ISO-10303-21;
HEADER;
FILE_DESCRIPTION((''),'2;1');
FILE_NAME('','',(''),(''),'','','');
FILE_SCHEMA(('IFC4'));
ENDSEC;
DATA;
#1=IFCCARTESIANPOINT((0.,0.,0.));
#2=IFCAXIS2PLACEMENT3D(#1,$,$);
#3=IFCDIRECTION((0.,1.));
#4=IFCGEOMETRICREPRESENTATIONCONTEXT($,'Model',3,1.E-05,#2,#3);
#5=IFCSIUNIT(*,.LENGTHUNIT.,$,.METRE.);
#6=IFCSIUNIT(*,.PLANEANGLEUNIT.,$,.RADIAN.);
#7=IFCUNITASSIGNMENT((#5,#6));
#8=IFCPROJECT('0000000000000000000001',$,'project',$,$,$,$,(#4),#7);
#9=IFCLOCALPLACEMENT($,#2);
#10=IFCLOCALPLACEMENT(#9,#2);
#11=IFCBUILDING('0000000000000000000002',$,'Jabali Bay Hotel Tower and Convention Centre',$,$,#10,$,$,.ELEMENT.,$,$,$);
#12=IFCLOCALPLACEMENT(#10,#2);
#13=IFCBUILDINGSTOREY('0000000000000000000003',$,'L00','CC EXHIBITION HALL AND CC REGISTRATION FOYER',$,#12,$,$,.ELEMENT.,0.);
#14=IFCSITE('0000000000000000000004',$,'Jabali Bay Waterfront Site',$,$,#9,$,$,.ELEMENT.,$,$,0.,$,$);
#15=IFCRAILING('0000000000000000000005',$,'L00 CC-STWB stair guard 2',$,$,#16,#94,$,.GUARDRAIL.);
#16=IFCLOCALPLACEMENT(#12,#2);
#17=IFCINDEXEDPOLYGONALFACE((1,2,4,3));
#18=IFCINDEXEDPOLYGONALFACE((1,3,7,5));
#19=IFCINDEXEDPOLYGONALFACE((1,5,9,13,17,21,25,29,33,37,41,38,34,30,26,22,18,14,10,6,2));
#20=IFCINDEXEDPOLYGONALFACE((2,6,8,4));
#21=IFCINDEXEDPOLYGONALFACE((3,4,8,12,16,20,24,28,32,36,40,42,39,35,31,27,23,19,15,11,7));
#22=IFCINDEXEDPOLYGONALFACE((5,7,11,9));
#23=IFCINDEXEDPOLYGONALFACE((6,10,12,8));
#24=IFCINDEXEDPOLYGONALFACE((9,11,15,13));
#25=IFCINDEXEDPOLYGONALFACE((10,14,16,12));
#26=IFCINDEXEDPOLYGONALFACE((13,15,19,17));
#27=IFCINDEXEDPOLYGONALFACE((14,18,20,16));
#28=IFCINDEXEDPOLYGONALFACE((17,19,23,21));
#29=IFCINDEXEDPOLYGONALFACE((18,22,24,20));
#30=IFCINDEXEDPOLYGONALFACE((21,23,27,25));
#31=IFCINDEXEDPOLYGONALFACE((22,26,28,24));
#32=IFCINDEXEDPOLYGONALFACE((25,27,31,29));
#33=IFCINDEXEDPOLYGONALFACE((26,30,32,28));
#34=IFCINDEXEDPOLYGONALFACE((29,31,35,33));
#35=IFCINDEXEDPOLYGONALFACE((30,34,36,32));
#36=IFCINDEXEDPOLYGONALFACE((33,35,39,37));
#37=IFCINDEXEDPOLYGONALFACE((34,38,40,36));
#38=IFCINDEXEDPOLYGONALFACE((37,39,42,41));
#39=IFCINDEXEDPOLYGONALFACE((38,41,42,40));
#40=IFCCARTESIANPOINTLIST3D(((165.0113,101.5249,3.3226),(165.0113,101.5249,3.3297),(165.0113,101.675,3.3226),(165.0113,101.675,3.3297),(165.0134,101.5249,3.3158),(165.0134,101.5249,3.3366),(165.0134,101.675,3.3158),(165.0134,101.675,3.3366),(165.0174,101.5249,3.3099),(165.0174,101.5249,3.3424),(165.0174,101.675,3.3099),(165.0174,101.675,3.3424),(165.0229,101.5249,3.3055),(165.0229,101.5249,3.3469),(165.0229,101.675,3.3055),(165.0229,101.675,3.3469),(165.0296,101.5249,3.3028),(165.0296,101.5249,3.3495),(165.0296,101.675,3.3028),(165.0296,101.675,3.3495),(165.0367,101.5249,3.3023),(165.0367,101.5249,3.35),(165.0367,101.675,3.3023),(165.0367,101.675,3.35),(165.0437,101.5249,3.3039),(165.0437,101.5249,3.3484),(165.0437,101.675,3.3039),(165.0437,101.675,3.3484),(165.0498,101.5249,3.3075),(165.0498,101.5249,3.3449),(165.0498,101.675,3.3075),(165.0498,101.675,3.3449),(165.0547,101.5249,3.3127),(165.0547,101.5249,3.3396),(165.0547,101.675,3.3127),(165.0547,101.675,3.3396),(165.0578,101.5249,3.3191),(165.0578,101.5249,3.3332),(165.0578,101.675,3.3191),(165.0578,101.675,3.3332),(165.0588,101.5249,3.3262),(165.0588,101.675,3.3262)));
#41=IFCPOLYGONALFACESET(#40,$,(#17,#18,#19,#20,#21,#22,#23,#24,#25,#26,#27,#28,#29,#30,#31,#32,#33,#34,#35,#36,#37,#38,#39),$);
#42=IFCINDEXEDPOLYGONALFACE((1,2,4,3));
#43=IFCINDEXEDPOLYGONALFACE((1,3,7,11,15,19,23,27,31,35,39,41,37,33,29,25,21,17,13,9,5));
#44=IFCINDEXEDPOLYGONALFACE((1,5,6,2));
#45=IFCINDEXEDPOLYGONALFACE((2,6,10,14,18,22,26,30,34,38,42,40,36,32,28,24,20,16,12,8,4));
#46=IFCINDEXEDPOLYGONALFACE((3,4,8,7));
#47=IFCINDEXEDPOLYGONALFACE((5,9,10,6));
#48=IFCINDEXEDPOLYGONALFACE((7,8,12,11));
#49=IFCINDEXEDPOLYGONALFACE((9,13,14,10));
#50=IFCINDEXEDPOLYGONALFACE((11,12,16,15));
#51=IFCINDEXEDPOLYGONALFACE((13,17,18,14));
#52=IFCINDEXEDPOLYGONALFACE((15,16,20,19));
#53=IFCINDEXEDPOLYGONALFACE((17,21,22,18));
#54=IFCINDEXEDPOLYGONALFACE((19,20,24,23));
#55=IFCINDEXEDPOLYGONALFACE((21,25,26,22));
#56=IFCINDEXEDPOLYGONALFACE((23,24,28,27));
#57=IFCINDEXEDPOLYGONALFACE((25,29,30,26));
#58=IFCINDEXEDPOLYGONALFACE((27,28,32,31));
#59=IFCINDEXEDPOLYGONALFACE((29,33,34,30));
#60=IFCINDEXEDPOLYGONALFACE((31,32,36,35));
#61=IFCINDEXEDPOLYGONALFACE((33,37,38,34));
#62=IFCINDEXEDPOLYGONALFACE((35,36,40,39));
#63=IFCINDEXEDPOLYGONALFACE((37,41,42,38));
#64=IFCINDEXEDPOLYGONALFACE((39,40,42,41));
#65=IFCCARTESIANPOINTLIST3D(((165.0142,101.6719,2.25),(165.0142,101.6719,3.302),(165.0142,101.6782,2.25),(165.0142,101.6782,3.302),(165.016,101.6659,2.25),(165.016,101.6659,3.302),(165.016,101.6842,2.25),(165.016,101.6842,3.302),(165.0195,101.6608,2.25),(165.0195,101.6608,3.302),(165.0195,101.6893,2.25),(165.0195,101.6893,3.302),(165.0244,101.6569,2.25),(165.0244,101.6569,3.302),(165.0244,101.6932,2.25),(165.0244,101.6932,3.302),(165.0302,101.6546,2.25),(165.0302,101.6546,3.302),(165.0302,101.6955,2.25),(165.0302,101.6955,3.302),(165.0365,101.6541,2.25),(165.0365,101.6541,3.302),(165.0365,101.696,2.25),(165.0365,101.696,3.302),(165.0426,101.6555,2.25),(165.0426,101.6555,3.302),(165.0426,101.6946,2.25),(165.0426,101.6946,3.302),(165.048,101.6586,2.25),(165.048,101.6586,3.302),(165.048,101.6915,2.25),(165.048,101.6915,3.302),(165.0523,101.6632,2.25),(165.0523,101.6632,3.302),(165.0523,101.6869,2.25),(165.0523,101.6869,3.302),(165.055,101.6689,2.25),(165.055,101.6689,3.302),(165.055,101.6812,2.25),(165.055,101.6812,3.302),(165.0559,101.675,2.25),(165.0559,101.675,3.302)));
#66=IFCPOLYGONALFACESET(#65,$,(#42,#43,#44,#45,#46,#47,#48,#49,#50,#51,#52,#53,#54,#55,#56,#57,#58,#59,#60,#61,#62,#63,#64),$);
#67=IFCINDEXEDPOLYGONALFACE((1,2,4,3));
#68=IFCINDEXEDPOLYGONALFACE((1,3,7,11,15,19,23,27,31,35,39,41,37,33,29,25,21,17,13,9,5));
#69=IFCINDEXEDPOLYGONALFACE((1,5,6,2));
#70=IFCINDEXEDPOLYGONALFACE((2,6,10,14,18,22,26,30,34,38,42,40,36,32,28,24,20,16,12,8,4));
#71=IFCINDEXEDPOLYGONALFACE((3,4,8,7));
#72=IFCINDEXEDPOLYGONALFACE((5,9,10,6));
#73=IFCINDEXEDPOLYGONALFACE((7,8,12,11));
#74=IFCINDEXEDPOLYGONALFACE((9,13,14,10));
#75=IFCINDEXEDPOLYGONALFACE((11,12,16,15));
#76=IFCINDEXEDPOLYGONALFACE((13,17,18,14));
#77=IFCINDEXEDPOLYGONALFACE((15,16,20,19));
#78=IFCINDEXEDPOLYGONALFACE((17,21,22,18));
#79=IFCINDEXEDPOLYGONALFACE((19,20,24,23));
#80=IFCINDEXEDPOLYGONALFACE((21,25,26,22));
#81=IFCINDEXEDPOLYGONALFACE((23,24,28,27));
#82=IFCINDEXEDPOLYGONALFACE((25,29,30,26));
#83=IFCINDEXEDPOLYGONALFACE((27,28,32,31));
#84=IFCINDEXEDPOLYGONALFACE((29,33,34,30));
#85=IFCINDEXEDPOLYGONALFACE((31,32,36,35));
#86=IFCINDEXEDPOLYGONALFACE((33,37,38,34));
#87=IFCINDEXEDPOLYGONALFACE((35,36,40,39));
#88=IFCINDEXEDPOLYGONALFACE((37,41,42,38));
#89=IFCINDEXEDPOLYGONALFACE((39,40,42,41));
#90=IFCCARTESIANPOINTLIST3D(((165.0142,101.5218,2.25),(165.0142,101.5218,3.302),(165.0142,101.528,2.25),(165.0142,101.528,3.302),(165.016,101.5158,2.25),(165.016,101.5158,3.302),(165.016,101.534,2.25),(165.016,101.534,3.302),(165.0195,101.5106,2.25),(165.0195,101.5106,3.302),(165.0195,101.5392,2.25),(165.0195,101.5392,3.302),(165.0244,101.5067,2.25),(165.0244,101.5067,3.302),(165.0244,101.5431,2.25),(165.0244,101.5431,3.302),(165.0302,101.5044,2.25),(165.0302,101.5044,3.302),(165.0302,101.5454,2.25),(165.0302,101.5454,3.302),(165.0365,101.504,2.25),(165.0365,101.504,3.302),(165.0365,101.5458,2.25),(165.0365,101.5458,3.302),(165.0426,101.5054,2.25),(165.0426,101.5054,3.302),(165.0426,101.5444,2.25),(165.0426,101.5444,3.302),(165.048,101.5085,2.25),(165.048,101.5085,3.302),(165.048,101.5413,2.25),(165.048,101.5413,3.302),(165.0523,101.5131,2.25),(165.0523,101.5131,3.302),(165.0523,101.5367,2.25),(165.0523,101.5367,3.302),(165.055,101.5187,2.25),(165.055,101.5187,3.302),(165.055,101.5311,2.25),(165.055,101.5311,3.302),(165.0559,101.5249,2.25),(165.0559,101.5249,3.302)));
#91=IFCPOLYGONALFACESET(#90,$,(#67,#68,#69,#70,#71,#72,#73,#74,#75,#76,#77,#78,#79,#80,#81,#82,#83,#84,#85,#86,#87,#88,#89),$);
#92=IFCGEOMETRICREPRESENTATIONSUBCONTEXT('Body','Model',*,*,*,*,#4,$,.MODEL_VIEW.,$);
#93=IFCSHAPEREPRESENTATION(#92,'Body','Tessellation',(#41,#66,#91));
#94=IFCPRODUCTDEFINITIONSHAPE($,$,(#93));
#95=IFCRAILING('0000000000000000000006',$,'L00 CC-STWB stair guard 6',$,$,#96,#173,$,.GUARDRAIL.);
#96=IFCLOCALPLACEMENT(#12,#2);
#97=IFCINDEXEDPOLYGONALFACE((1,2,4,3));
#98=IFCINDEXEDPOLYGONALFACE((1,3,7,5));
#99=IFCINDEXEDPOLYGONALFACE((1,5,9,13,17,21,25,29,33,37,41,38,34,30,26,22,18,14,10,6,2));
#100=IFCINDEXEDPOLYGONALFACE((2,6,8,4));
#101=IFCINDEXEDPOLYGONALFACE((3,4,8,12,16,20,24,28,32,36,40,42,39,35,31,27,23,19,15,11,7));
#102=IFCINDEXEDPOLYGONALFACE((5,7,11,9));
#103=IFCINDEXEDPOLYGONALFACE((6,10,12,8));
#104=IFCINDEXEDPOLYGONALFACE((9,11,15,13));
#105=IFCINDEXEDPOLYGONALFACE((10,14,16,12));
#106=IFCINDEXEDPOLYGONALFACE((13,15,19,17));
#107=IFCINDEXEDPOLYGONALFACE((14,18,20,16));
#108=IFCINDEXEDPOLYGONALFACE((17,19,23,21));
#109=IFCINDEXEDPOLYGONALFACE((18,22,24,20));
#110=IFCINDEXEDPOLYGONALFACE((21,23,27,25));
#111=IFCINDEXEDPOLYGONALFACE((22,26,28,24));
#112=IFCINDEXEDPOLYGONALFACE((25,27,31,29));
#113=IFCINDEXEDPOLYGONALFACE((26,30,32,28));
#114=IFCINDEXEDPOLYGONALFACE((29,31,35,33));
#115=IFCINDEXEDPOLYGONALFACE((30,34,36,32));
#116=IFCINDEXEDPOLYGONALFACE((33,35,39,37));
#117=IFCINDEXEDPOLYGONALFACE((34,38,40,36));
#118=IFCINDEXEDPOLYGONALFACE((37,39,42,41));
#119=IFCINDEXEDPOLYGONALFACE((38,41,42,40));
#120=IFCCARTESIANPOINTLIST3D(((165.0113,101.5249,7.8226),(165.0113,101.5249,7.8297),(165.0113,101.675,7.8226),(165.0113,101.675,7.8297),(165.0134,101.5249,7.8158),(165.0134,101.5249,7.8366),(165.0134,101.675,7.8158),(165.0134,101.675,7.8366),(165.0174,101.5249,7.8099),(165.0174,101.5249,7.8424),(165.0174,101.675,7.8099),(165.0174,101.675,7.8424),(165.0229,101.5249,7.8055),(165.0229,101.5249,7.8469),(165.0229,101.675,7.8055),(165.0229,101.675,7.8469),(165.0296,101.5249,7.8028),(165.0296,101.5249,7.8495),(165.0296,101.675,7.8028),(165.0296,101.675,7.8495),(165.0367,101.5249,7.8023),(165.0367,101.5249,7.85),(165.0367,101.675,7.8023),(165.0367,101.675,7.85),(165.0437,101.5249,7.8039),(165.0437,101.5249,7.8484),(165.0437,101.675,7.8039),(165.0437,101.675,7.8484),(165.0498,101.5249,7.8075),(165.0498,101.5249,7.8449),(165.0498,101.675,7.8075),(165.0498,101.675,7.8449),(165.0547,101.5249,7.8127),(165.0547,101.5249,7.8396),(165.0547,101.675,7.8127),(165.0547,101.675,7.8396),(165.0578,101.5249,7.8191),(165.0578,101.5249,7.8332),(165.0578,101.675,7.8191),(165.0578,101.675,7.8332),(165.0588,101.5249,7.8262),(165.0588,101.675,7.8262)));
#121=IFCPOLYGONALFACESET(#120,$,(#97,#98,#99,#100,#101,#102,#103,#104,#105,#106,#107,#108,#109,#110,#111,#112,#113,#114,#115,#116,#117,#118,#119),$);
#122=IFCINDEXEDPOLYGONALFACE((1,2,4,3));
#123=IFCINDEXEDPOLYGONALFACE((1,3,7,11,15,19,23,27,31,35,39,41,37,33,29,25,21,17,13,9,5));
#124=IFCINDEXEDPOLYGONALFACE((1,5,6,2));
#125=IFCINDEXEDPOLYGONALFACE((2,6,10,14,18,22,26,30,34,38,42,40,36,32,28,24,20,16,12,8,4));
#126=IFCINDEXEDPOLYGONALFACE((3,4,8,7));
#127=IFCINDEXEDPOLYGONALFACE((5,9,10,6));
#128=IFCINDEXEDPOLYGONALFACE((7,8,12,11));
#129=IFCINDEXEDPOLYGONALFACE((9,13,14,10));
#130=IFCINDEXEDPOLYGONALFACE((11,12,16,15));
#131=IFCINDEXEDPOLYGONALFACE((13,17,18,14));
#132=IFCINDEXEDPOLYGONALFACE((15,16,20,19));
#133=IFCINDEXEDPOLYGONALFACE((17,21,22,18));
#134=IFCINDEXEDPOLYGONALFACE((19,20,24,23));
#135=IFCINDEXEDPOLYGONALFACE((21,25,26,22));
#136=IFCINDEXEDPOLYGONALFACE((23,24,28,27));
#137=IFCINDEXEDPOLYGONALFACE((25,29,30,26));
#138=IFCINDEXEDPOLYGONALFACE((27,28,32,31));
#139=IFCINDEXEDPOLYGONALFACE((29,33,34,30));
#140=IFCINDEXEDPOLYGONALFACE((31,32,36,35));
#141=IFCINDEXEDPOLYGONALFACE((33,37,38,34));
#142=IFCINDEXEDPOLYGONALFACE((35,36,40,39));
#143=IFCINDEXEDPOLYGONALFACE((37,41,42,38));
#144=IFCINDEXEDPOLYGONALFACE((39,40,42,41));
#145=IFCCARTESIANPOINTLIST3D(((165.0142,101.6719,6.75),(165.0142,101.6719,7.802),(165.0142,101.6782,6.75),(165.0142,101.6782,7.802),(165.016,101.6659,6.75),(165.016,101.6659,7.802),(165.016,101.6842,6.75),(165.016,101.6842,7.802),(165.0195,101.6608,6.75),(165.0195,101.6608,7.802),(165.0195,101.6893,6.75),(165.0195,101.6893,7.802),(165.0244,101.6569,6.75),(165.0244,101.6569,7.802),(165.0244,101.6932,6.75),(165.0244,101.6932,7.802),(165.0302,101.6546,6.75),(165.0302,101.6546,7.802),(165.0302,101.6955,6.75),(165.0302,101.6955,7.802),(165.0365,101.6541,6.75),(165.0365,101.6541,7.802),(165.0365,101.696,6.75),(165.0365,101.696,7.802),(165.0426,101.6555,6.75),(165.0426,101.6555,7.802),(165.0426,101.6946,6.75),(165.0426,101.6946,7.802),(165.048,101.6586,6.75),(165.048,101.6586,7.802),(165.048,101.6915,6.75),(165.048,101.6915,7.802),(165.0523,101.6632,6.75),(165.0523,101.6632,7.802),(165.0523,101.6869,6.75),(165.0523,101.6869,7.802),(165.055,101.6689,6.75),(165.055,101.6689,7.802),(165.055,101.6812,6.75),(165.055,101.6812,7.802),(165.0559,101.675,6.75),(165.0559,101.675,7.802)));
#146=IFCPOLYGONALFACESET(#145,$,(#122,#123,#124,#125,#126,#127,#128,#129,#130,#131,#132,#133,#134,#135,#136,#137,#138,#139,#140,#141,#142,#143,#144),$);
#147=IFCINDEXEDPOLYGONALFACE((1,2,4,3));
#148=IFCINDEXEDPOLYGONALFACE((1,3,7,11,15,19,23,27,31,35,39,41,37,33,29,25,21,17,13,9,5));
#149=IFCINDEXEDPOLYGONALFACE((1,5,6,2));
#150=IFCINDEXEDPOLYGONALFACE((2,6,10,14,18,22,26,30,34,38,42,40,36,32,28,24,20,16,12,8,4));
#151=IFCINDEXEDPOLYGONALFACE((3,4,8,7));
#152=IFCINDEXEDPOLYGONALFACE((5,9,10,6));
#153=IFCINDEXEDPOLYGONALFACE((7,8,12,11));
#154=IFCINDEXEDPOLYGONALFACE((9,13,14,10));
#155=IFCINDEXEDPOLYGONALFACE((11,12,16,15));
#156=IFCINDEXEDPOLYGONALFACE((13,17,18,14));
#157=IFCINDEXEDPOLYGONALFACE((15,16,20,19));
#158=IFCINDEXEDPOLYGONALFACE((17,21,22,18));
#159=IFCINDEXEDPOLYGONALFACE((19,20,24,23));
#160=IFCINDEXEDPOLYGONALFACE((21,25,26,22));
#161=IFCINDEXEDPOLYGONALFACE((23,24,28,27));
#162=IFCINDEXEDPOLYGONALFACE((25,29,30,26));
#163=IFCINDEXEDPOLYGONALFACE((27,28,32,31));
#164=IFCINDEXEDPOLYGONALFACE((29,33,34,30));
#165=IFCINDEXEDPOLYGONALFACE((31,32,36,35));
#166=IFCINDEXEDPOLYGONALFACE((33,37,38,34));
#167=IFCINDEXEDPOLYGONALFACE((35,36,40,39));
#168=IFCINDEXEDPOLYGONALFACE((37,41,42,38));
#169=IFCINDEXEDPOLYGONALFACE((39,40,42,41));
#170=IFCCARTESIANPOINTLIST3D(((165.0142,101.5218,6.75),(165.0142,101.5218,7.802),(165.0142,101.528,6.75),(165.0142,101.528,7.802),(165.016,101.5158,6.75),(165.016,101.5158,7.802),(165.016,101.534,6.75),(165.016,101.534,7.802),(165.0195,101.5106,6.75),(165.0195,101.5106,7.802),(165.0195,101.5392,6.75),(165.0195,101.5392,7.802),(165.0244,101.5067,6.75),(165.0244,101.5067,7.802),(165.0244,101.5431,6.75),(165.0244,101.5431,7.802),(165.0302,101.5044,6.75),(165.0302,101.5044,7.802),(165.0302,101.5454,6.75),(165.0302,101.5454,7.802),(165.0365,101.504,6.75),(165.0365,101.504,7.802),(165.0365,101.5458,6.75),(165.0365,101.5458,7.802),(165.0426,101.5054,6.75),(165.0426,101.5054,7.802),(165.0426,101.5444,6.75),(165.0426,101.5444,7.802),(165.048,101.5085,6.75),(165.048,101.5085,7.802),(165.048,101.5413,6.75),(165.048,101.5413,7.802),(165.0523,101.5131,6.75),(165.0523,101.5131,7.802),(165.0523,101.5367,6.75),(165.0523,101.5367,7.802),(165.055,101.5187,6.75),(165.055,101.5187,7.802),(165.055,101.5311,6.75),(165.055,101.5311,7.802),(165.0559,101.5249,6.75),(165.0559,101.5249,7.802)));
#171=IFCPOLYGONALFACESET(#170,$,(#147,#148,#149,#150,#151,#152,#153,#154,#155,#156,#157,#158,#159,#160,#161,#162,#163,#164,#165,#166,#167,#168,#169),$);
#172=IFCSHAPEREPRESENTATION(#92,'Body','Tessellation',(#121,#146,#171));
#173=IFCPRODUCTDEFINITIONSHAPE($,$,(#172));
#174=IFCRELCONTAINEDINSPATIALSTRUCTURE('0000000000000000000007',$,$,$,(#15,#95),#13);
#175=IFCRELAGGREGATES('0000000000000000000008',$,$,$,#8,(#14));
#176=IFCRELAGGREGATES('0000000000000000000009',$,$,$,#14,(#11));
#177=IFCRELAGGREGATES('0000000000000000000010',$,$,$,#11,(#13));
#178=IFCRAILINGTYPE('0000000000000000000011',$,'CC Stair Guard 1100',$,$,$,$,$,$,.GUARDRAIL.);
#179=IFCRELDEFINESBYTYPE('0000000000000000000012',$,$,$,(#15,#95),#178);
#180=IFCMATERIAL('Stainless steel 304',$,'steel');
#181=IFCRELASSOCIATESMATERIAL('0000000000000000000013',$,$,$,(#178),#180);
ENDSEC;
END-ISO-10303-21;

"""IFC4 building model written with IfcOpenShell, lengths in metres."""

from ifc_helpers import new_model, si_unit, direction, frame, origin, origin_2d, place, context, subcontext, project, spatial, circle, extrude, material, type_object, element, save


model = new_model("IFC4")

# Units and contexts
model_context = context("Model", 3, precision=1e-05, world=origin(), true_north=direction((0.0, 1.0)))
body_context = subcontext(model_context, "Body", "Model", "MODEL_VIEW")
ifc_project = project(units=[si_unit("LENGTHUNIT", "METRE"), si_unit("PLANEANGLEUNIT", "RADIAN")], contexts=[model_context])

# Site, building, storey
site_placement = place(None, origin())
site = spatial("IfcSite", under=ifc_project, at=site_placement, Name="Jabali Bay Waterfront Site", CompositionType="ELEMENT", RefElevation=0.0)
building_placement = place(site_placement, origin())
building = spatial("IfcBuilding", under=site, at=building_placement, Name="Jabali Bay Hotel Tower and Convention Centre", CompositionType="ELEMENT")
storey_placement = place(building_placement, origin())
storey = spatial("IfcBuildingStorey", under=building, at=storey_placement, Name="L00", Description="CC EXHIBITION HALL AND CC REGISTRATION FOYER", CompositionType="ELEMENT", Elevation=0.0)

# Railings
ifc_material_1 = material(Name="Stainless steel 304", Category="steel")
railing_type_1 = type_object("IfcRailingType", Name="CC Stair Guard 1100", PredefinedType="GUARDRAIL", material=ifc_material_1)
for number, where, name in (
    (1, (165.0349, 101.675, 2.25), "L00 CC-STWB stair guard 2"),
    (2, (165.0349, 101.675, 6.75), "L00 CC-STWB stair guard 6"),
):
    element("IfcRailing", number, at=place(storey_placement, frame(where)), inside=storey, type_object=railing_type_1, Name=name, PredefinedType="GUARDRAIL", context=body_context, shape_type="SweptSolid", body=[
        extrude(circle(Radius=0.0239, at=origin_2d()), frame((0.0, 0.0, 1.0762), z_axis=(0.0, -1.0, 0.0), x_axis=(1.0, 0.0, 0.0)), (0.0, 0.0, 1.0), 0.1501),
        extrude(circle(Radius=0.021, at=origin_2d()), origin(), (0.0, 0.0, 1.0), 1.052),
        extrude(circle(Radius=0.021, at=origin_2d()), frame((0.0, -0.1501, 0.0)), (0.0, 0.0, 1.0), 1.052),
    ])

save(model, "model.ifc")
